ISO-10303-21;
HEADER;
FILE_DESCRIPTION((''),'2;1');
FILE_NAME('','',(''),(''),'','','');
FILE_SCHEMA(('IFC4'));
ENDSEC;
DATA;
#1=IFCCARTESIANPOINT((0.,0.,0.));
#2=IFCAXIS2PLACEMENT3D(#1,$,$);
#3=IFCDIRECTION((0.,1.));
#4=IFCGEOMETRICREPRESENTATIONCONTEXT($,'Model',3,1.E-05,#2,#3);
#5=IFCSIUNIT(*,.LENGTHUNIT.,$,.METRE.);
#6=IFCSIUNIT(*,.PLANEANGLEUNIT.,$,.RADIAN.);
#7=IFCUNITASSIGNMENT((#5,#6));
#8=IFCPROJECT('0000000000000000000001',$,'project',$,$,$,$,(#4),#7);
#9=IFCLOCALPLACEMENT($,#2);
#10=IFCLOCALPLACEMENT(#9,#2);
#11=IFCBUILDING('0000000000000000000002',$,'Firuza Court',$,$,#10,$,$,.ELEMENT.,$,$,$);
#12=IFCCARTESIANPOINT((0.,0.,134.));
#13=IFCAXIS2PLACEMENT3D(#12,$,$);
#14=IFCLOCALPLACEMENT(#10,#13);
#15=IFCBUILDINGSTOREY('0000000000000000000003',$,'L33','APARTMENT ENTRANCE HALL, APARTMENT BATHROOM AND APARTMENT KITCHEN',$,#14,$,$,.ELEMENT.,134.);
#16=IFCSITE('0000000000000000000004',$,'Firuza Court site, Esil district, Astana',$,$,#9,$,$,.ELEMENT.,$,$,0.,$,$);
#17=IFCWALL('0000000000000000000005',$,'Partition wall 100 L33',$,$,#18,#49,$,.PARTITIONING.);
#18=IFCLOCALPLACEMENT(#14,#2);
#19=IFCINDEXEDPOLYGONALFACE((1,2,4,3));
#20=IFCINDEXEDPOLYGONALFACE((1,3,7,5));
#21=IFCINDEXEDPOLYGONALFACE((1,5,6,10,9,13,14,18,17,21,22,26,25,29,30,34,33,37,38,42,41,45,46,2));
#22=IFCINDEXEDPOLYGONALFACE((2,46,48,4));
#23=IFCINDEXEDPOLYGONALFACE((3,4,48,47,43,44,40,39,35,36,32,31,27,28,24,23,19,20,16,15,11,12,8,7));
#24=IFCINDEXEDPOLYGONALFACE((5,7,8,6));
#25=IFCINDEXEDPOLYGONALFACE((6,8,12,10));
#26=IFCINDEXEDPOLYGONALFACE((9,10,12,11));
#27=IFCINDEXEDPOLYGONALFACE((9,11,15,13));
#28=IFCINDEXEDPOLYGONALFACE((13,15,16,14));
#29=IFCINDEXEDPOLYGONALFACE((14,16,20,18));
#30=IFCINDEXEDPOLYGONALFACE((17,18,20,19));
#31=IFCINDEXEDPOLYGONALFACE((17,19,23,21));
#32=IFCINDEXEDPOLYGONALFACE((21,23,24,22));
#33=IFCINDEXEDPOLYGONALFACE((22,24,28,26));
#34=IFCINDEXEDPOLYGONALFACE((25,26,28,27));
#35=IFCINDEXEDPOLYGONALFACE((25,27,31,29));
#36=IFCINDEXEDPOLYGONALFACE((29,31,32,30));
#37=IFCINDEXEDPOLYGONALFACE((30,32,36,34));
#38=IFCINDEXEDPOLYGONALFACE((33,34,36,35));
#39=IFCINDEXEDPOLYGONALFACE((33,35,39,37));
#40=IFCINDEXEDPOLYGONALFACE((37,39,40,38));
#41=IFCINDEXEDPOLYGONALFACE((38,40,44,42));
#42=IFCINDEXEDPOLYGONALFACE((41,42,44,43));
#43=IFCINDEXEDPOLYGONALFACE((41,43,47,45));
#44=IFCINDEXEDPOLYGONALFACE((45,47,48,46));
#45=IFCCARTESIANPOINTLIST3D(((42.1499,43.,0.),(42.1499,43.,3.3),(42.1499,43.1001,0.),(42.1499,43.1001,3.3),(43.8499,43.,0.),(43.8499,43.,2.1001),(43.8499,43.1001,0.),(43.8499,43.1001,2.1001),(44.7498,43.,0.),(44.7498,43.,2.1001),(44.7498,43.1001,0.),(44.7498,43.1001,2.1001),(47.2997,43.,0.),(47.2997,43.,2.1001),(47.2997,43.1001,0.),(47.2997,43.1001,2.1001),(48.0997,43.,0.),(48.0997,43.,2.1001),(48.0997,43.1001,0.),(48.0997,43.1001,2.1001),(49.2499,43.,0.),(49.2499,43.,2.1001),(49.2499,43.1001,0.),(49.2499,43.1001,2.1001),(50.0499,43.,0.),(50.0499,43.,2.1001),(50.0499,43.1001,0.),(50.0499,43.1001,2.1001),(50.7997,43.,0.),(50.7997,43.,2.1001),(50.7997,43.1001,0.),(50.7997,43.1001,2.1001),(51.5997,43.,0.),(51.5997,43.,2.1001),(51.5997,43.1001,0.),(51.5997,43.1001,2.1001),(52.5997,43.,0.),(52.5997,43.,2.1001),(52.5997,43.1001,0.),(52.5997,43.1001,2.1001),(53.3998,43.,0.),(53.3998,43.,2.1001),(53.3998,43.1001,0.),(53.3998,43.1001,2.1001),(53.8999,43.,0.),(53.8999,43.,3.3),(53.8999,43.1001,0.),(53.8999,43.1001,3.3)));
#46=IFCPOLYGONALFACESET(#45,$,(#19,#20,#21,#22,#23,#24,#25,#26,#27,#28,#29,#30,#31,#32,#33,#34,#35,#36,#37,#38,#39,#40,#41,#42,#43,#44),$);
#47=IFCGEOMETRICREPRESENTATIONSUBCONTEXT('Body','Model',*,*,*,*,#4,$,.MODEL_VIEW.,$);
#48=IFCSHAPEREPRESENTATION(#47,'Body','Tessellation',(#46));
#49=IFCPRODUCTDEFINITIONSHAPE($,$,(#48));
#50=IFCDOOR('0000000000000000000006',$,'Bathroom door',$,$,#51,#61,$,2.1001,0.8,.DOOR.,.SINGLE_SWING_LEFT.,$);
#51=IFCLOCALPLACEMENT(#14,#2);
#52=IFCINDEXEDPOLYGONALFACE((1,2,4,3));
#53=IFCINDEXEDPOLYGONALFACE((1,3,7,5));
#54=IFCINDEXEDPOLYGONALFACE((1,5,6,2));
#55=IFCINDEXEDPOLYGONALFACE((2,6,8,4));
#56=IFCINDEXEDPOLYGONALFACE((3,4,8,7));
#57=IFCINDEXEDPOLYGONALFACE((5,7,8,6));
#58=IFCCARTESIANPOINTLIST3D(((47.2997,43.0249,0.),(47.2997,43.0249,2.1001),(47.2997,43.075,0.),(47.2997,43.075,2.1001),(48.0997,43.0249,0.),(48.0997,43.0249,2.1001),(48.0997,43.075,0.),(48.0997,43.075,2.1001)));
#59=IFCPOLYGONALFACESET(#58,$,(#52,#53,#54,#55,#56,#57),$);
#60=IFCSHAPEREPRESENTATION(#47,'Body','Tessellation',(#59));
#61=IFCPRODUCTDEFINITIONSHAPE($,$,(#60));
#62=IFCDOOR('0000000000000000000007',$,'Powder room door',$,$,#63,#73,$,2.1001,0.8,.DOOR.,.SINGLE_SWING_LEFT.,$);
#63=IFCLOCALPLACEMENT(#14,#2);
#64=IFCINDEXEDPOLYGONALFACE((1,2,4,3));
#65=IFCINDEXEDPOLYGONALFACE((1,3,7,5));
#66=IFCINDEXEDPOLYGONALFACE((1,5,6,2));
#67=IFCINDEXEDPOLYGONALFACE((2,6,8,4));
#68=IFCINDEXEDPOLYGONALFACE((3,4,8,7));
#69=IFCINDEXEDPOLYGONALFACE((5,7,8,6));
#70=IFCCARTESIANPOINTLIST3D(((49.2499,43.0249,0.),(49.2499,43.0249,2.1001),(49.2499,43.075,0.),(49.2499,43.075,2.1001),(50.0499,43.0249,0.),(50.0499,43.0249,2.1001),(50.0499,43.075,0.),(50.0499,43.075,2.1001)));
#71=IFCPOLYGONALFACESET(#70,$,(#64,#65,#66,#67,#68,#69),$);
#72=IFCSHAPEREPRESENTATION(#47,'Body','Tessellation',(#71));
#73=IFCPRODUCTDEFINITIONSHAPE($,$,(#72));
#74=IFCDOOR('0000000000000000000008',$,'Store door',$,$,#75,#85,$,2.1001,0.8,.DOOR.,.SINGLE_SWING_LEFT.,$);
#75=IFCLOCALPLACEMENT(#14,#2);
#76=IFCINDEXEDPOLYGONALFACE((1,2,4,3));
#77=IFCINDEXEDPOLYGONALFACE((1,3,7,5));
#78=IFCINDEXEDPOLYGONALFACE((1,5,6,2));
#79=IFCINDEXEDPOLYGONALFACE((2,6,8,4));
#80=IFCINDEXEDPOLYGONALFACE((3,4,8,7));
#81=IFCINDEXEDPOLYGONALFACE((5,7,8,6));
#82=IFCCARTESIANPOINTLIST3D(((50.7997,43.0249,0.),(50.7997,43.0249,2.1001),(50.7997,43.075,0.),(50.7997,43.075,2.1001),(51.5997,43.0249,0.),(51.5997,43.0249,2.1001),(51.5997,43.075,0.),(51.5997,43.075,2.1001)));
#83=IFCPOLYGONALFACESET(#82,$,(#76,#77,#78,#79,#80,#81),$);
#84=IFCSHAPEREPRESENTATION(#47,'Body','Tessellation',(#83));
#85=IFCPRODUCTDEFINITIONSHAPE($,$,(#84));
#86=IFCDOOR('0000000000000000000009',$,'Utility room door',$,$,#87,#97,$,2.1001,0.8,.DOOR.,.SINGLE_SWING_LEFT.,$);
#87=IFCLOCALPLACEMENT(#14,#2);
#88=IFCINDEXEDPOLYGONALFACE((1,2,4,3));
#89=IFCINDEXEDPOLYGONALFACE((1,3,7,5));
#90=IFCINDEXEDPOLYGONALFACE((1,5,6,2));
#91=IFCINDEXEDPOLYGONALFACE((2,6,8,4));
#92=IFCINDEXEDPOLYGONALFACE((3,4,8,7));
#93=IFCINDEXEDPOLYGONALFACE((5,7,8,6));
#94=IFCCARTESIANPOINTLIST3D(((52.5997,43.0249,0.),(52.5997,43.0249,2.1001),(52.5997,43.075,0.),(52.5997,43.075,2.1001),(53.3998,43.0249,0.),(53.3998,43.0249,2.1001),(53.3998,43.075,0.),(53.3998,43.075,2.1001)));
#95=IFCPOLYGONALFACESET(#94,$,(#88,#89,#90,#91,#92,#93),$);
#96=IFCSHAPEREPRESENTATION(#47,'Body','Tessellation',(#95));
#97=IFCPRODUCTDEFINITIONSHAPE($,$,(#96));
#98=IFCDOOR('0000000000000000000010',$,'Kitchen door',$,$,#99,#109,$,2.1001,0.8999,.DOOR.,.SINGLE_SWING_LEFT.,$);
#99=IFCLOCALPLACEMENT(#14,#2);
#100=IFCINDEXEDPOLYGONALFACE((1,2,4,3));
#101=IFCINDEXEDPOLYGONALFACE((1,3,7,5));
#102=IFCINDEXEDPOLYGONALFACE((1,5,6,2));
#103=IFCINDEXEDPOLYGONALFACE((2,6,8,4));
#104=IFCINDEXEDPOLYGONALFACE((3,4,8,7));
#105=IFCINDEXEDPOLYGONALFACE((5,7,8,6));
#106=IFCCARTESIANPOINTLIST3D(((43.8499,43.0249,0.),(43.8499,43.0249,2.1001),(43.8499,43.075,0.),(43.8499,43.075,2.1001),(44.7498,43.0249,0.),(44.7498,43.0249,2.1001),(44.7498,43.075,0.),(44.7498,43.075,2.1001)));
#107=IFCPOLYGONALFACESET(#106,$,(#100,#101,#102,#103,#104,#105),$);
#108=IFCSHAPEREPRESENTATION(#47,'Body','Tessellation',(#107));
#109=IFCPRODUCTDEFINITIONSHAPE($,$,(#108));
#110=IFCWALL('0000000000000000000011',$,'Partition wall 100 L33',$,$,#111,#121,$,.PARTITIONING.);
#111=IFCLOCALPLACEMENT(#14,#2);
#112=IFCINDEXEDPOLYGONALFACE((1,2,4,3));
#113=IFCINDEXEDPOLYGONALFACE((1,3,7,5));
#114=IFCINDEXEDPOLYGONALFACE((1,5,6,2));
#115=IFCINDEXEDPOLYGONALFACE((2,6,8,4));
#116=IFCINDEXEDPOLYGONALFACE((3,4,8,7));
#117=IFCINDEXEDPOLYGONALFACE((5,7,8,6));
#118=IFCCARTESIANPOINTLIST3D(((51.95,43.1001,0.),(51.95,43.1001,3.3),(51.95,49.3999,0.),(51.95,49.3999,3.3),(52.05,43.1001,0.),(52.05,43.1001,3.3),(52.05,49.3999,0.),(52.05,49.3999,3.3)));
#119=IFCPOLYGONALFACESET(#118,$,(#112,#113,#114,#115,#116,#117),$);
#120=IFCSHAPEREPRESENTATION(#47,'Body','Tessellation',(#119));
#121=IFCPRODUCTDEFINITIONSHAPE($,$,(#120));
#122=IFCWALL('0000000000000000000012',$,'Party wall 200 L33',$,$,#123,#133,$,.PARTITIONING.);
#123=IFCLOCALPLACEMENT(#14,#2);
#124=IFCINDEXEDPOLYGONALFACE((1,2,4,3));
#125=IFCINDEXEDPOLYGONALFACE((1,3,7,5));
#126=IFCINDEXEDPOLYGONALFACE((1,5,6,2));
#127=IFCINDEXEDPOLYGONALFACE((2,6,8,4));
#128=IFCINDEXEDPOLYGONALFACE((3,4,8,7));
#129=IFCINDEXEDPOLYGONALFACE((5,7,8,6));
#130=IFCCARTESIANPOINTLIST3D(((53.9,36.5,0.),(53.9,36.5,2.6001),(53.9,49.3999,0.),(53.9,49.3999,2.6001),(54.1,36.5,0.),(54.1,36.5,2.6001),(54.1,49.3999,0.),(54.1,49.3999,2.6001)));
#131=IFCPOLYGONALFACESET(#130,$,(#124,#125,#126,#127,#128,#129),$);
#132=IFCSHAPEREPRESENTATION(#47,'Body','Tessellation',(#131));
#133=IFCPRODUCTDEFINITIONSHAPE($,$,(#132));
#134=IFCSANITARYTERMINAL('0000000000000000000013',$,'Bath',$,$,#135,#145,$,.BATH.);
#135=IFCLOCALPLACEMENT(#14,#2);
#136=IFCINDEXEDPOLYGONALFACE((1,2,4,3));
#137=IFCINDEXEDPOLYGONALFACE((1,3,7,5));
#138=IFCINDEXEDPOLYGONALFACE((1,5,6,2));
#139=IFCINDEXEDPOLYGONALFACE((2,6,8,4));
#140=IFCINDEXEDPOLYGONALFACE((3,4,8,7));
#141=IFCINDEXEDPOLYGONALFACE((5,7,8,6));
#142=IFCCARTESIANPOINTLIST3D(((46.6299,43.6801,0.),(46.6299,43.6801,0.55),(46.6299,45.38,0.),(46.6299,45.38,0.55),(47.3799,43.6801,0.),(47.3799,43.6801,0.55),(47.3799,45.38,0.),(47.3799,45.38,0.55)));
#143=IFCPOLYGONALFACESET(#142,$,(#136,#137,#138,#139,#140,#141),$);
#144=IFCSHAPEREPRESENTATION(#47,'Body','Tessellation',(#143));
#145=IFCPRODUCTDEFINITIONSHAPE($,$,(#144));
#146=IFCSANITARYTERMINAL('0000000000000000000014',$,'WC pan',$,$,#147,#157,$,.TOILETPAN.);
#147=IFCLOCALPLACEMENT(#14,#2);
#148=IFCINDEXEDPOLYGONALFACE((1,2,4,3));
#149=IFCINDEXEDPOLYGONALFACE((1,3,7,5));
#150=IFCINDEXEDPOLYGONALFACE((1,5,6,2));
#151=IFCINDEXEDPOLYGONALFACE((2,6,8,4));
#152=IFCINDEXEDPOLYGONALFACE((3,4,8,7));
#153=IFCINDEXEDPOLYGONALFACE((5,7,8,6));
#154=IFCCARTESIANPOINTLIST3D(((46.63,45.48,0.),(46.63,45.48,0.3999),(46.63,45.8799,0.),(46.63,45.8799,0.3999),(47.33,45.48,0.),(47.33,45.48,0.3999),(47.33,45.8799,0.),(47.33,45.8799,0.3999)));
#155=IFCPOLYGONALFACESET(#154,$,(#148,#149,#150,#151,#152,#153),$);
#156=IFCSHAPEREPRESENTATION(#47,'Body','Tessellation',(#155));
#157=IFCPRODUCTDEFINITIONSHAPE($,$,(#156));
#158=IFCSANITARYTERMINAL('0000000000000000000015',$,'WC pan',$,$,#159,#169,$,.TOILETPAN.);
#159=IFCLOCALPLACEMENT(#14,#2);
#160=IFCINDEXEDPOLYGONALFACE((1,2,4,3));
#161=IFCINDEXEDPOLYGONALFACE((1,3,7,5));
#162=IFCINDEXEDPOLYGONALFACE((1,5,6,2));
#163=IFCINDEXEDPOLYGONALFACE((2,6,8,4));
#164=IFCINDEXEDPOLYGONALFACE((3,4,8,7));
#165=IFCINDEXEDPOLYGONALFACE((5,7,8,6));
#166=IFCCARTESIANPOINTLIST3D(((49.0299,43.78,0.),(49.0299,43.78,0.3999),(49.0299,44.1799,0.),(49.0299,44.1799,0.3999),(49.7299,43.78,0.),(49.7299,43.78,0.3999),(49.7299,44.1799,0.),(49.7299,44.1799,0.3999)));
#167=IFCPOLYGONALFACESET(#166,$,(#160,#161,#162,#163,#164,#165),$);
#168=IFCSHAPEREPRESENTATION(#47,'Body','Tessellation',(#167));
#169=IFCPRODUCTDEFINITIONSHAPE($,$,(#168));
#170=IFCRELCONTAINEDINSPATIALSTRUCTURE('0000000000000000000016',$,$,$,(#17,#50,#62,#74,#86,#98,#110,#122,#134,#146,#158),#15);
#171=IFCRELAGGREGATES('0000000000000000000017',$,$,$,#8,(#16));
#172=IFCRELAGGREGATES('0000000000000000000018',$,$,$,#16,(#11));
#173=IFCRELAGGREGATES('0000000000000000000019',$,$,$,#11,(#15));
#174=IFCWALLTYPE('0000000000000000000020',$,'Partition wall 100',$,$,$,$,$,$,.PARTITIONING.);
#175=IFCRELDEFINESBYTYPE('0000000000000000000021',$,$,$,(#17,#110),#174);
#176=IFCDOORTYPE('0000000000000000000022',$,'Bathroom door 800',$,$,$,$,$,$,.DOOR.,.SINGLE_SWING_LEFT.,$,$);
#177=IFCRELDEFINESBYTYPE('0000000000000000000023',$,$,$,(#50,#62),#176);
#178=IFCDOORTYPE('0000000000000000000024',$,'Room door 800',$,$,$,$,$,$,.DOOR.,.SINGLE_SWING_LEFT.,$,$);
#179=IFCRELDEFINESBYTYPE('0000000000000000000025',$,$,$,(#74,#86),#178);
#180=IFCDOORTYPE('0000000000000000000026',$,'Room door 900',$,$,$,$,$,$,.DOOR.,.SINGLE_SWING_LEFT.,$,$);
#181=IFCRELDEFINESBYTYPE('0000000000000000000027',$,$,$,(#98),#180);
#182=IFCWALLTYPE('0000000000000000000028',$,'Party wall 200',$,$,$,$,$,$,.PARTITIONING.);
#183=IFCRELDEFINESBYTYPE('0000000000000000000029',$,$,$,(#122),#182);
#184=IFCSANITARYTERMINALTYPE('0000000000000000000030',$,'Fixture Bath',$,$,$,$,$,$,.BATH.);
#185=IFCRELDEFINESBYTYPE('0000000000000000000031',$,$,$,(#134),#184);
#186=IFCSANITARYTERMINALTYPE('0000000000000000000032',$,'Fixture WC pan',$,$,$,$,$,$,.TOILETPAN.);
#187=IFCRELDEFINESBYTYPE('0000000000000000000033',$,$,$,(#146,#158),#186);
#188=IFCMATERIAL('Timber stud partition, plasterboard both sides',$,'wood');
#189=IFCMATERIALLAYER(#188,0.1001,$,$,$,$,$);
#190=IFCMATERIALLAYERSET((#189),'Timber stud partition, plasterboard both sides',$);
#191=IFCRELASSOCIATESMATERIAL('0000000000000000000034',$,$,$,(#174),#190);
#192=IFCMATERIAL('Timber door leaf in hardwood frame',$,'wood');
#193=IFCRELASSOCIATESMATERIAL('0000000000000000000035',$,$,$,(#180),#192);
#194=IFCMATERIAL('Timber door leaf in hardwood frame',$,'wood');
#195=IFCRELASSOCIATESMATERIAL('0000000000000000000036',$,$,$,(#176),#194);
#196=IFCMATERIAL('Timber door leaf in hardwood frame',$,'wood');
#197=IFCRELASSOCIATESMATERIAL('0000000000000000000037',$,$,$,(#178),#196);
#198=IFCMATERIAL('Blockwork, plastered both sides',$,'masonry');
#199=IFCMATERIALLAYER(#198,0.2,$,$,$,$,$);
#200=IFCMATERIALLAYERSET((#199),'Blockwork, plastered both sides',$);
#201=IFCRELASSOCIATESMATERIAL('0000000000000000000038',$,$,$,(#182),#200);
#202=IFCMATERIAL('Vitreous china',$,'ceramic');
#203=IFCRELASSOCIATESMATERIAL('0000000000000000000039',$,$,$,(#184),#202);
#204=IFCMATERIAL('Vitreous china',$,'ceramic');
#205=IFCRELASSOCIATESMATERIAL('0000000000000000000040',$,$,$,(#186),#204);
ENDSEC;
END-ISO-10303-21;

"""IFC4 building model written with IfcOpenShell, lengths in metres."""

from ifc_helpers import new_model, si_unit, direction, frame, frame_2d, origin, origin_2d, place, context, subcontext, project, spatial, rectangle, extrude, material, layer, layer_set, type_object, element, fill, save


model = new_model("IFC4")

# Units and contexts
model_context = context("Model", 3, precision=1e-05, world=origin(), true_north=direction((0.0, 1.0)))
body_context = subcontext(model_context, "Body", "Model", "MODEL_VIEW")
ifc_project = project(units=[si_unit("LENGTHUNIT", "METRE"), si_unit("PLANEANGLEUNIT", "RADIAN")], contexts=[model_context])

# Site, building, storey
site_placement = place(None, origin())
site = spatial("IfcSite", under=ifc_project, at=site_placement, Name="Firuza Court site, Esil district, Astana", CompositionType="ELEMENT", RefElevation=0.0)
building_placement = place(site_placement, origin())
building = spatial("IfcBuilding", under=site, at=building_placement, Name="Firuza Court", CompositionType="ELEMENT")
storey_placement = place(building_placement, frame((0.0, 0.0, 134.0)))
storey = spatial("IfcBuildingStorey", under=building, at=storey_placement, Name="L33", Description="APARTMENT ENTRANCE HALL, APARTMENT BATHROOM AND APARTMENT KITCHEN", CompositionType="ELEMENT", Elevation=134.0)

# Shared definitions
ifc_material_1 = material(Name="Blockwork, plastered both sides", Category="masonry")

# Shared definitions
ifc_material_2 = material(Name="Timber stud partition, plasterboard both sides", Category="wood")
ifc_layer_1 = layer(ifc_material_2, 0.1001)
ifc_layer_set_1 = layer_set([ifc_layer_1], Name="Timber stud partition, plasterboard both sides")
wall_type_1 = type_object("IfcWallType", Name="Partition wall 100", PredefinedType="PARTITIONING", material=ifc_layer_set_1)

# Shared definitions
ifc_material_3 = material(Name="Timber door leaf in hardwood frame", Category="wood")
door_type_1 = type_object("IfcDoorType", Name="Room door 900", OperationType="SINGLE_SWING_LEFT", PredefinedType="DOOR", material=ifc_material_3)

# Wall, openings, doors
wall_1_placement = place(storey_placement, frame((42.1499, 43.05, 0.0), z_axis=(0.0, 0.0, 1.0), x_axis=(1.0, 0.0, 0.0)))
wall_1 = element("IfcWall", 1, at=wall_1_placement, inside=storey, type_object=wall_type_1, Name="Partition wall 100 L33", PredefinedType="PARTITIONING", context=body_context, shape_type="SweptSolid", body=[
    extrude(rectangle(XDim=11.75, YDim=0.1001, at=frame_2d((5.875, 0.0))), origin(), (0.0, 0.0, 1.0), 3.3),
])
opening_1_placement = place(wall_1_placement, frame((5.1499, 0.0, 0.0)))
opening_1 = element("IfcOpeningElement", 2, at=opening_1_placement, cuts=wall_1, PredefinedType="OPENING", context=body_context, shape_type="SweptSolid", body=[
    extrude(rectangle(XDim=0.8, YDim=2.1001, at=frame_2d((0.3999, 1.05))), frame((0.0, 0.062, 0.0), z_axis=(0.0, -1.0, 0.0), x_axis=(1.0, 0.0, 0.0)), (0.0, 0.0, 1.0), 0.124),
])
opening_2_placement = place(wall_1_placement, frame((1.7, 0.0, 0.0)))
opening_2 = element("IfcOpeningElement", 3, at=opening_2_placement, cuts=wall_1, PredefinedType="OPENING", context=body_context, shape_type="SweptSolid", body=[
    extrude(rectangle(XDim=0.8999, YDim=2.1001, at=frame_2d((0.45, 1.05))), frame((0.0, 0.062, 0.0), z_axis=(0.0, -1.0, 0.0), x_axis=(1.0, 0.0, 0.0)), (0.0, 0.0, 1.0), 0.124),
])
opening_3_placement = place(wall_1_placement, frame((8.6499, 0.0, 0.0)))
opening_3 = element("IfcOpeningElement", 4, at=opening_3_placement, cuts=wall_1, PredefinedType="OPENING", context=body_context, shape_type="SweptSolid", body=[
    extrude(rectangle(XDim=0.8, YDim=2.1001, at=frame_2d((0.3999, 1.05))), frame((0.0, 0.062, 0.0), z_axis=(0.0, -1.0, 0.0), x_axis=(1.0, 0.0, 0.0)), (0.0, 0.0, 1.0), 0.124),
])
opening_4_placement = place(wall_1_placement, frame((10.45, 0.0, 0.0)))
opening_4 = element("IfcOpeningElement", 5, at=opening_4_placement, cuts=wall_1, PredefinedType="OPENING", context=body_context, shape_type="SweptSolid", body=[
    extrude(rectangle(XDim=0.8, YDim=2.1001, at=frame_2d((0.3999, 1.05))), frame((0.0, 0.062, 0.0), z_axis=(0.0, -1.0, 0.0), x_axis=(1.0, 0.0, 0.0)), (0.0, 0.0, 1.0), 0.124),
])
opening_5_placement = place(wall_1_placement, frame((7.1001, 0.0, 0.0)))
opening_5 = element("IfcOpeningElement", 6, at=opening_5_placement, cuts=wall_1, PredefinedType="OPENING", context=body_context, shape_type="SweptSolid", body=[
    extrude(rectangle(XDim=0.8, YDim=2.1001, at=frame_2d((0.3999, 1.05))), frame((0.0, 0.062, 0.0), z_axis=(0.0, -1.0, 0.0), x_axis=(1.0, 0.0, 0.0)), (0.0, 0.0, 1.0), 0.124),
])
ifc_material_4 = material(Name="Timber door leaf in hardwood frame", Category="wood")
door_type_2 = type_object("IfcDoorType", Name="Bathroom door 800", OperationType="SINGLE_SWING_LEFT", PredefinedType="DOOR", material=ifc_material_4)
door_1_placement = place(opening_1_placement, origin())
door_1 = element("IfcDoor", 7, at=door_1_placement, inside=storey, type_object=door_type_2, Name="Bathroom door", OperationType="SINGLE_SWING_LEFT", OverallHeight=2.1001, OverallWidth=0.8, PredefinedType="DOOR", context=body_context, shape_type="SweptSolid", body=[
    extrude(rectangle(XDim=0.8, YDim=2.1001, at=frame_2d((0.3999, 1.05))), frame((0.0, 0.0249, 0.0), z_axis=(0.0, -1.0, 0.0), x_axis=(1.0, 0.0, 0.0)), (0.0, 0.0, 1.0), 0.05),
])
fill(opening_1, door_1)
door_2_placement = place(opening_5_placement, origin())
door_2 = element("IfcDoor", 8, at=door_2_placement, inside=storey, type_object=door_type_2, Name="Powder room door", OperationType="SINGLE_SWING_LEFT", OverallHeight=2.1001, OverallWidth=0.8, PredefinedType="DOOR", context=body_context, shape_type="SweptSolid", body=[
    extrude(rectangle(XDim=0.8, YDim=2.1001, at=frame_2d((0.3999, 1.05))), frame((0.0, 0.0249, 0.0), z_axis=(0.0, -1.0, 0.0), x_axis=(1.0, 0.0, 0.0)), (0.0, 0.0, 1.0), 0.05),
])
fill(opening_5, door_2)
ifc_material_5 = material(Name="Timber door leaf in hardwood frame", Category="wood")
door_type_3 = type_object("IfcDoorType", Name="Room door 800", OperationType="SINGLE_SWING_LEFT", PredefinedType="DOOR", material=ifc_material_5)
door_3_placement = place(opening_3_placement, origin())
door_3 = element("IfcDoor", 9, at=door_3_placement, inside=storey, type_object=door_type_3, Name="Store door", OperationType="SINGLE_SWING_LEFT", OverallHeight=2.1001, OverallWidth=0.8, PredefinedType="DOOR", context=body_context, shape_type="SweptSolid", body=[
    extrude(rectangle(XDim=0.8, YDim=2.1001, at=frame_2d((0.3999, 1.05))), frame((0.0, 0.0249, 0.0), z_axis=(0.0, -1.0, 0.0), x_axis=(1.0, 0.0, 0.0)), (0.0, 0.0, 1.0), 0.05),
])
fill(opening_3, door_3)
door_4_placement = place(opening_4_placement, origin())
door_4 = element("IfcDoor", 10, at=door_4_placement, inside=storey, type_object=door_type_3, Name="Utility room door", OperationType="SINGLE_SWING_LEFT", OverallHeight=2.1001, OverallWidth=0.8, PredefinedType="DOOR", context=body_context, shape_type="SweptSolid", body=[
    extrude(rectangle(XDim=0.8, YDim=2.1001, at=frame_2d((0.3999, 1.05))), frame((0.0, 0.0249, 0.0), z_axis=(0.0, -1.0, 0.0), x_axis=(1.0, 0.0, 0.0)), (0.0, 0.0, 1.0), 0.05),
])
fill(opening_4, door_4)
door_5_placement = place(opening_2_placement, origin())
door_5 = element("IfcDoor", 11, at=door_5_placement, inside=storey, type_object=door_type_1, Name="Kitchen door", OperationType="SINGLE_SWING_LEFT", OverallHeight=2.1001, OverallWidth=0.8999, PredefinedType="DOOR", context=body_context, shape_type="SweptSolid", body=[
    extrude(rectangle(XDim=0.8999, YDim=2.1001, at=frame_2d((0.45, 1.05))), frame((0.0, 0.0249, 0.0), z_axis=(0.0, -1.0, 0.0), x_axis=(1.0, 0.0, 0.0)), (0.0, 0.0, 1.0), 0.05),
])
fill(opening_2, door_5)

# Walls
wall_2_placement = place(storey_placement, frame((52.0, 43.1001, 0.0), z_axis=(0.0, 0.0, 1.0), x_axis=(0.0, 1.0, 0.0)))
element("IfcWall", 12, at=wall_2_placement, inside=storey, type_object=wall_type_1, Name="Partition wall 100 L33", PredefinedType="PARTITIONING", context=body_context, shape_type="SweptSolid", body=[
    extrude(rectangle(XDim=6.2998, YDim=0.1001, at=frame_2d((3.1499, 0.0))), origin(), (0.0, 0.0, 1.0), 3.3),
])
ifc_layer_2 = layer(ifc_material_1, 0.2)
ifc_layer_set_2 = layer_set([ifc_layer_2], Name="Blockwork, plastered both sides")
wall_type_2 = type_object("IfcWallType", Name="Party wall 200", PredefinedType="PARTITIONING", material=ifc_layer_set_2)
wall_3_placement = place(storey_placement, frame((54.0, 36.5, 0.0), z_axis=(0.0, 0.0, 1.0), x_axis=(0.0, 1.0, 0.0)))
element("IfcWall", 13, at=wall_3_placement, inside=storey, type_object=wall_type_2, Name="Party wall 200 L33", PredefinedType="PARTITIONING", context=body_context, shape_type="SweptSolid", body=[
    extrude(rectangle(XDim=12.8999, YDim=0.2, at=frame_2d((6.45, 0.0))), origin(), (0.0, 0.0, 1.0), 2.6001),
])

# Sanitary terminals
ifc_material_6 = material(Name="Vitreous china", Category="ceramic")
sanitary_terminal_type_1 = type_object("IfcSanitaryTerminalType", Name="Fixture Bath", PredefinedType="BATH", material=ifc_material_6)
sanitary_terminal_placement = place(storey_placement, frame((47.0049, 44.53, 0.0), z_axis=(0.0, 0.0, 1.0), x_axis=(1.0, 0.0, 0.0)))
element("IfcSanitaryTerminal", 14, at=sanitary_terminal_placement, inside=storey, type_object=sanitary_terminal_type_1, Name="Bath", PredefinedType="BATH", context=body_context, shape_type="SweptSolid", body=[
    extrude(rectangle(XDim=0.75, YDim=1.7, at=origin_2d()), origin(), (0.0, 0.0, 1.0), 0.55),
])
ifc_material_7 = material(Name="Vitreous china", Category="ceramic")
sanitary_terminal_type_2 = type_object("IfcSanitaryTerminalType", Name="Fixture WC pan", PredefinedType="TOILETPAN", material=ifc_material_7)
for number, where, z_axis, x_axis, name in (
    (15, (46.98, 45.6799, 0.0), (0.0, 0.0, 1.0), (1.0, 0.0, 0.0), "WC pan"),
    (16, (49.3799, 43.98, 0.0), (0.0, 0.0, 1.0), (1.0, 0.0, 0.0), "WC pan"),
):
    element("IfcSanitaryTerminal", number, at=place(storey_placement, frame(where, z_axis=z_axis, x_axis=x_axis)), inside=storey, type_object=sanitary_terminal_type_2, Name=name, PredefinedType="TOILETPAN", context=body_context, shape_type="SweptSolid", body=[
        extrude(rectangle(XDim=0.7, YDim=0.3999, at=origin_2d()), origin(), (0.0, 0.0, 1.0), 0.3999),
    ])

save(model, "model.ifc")
